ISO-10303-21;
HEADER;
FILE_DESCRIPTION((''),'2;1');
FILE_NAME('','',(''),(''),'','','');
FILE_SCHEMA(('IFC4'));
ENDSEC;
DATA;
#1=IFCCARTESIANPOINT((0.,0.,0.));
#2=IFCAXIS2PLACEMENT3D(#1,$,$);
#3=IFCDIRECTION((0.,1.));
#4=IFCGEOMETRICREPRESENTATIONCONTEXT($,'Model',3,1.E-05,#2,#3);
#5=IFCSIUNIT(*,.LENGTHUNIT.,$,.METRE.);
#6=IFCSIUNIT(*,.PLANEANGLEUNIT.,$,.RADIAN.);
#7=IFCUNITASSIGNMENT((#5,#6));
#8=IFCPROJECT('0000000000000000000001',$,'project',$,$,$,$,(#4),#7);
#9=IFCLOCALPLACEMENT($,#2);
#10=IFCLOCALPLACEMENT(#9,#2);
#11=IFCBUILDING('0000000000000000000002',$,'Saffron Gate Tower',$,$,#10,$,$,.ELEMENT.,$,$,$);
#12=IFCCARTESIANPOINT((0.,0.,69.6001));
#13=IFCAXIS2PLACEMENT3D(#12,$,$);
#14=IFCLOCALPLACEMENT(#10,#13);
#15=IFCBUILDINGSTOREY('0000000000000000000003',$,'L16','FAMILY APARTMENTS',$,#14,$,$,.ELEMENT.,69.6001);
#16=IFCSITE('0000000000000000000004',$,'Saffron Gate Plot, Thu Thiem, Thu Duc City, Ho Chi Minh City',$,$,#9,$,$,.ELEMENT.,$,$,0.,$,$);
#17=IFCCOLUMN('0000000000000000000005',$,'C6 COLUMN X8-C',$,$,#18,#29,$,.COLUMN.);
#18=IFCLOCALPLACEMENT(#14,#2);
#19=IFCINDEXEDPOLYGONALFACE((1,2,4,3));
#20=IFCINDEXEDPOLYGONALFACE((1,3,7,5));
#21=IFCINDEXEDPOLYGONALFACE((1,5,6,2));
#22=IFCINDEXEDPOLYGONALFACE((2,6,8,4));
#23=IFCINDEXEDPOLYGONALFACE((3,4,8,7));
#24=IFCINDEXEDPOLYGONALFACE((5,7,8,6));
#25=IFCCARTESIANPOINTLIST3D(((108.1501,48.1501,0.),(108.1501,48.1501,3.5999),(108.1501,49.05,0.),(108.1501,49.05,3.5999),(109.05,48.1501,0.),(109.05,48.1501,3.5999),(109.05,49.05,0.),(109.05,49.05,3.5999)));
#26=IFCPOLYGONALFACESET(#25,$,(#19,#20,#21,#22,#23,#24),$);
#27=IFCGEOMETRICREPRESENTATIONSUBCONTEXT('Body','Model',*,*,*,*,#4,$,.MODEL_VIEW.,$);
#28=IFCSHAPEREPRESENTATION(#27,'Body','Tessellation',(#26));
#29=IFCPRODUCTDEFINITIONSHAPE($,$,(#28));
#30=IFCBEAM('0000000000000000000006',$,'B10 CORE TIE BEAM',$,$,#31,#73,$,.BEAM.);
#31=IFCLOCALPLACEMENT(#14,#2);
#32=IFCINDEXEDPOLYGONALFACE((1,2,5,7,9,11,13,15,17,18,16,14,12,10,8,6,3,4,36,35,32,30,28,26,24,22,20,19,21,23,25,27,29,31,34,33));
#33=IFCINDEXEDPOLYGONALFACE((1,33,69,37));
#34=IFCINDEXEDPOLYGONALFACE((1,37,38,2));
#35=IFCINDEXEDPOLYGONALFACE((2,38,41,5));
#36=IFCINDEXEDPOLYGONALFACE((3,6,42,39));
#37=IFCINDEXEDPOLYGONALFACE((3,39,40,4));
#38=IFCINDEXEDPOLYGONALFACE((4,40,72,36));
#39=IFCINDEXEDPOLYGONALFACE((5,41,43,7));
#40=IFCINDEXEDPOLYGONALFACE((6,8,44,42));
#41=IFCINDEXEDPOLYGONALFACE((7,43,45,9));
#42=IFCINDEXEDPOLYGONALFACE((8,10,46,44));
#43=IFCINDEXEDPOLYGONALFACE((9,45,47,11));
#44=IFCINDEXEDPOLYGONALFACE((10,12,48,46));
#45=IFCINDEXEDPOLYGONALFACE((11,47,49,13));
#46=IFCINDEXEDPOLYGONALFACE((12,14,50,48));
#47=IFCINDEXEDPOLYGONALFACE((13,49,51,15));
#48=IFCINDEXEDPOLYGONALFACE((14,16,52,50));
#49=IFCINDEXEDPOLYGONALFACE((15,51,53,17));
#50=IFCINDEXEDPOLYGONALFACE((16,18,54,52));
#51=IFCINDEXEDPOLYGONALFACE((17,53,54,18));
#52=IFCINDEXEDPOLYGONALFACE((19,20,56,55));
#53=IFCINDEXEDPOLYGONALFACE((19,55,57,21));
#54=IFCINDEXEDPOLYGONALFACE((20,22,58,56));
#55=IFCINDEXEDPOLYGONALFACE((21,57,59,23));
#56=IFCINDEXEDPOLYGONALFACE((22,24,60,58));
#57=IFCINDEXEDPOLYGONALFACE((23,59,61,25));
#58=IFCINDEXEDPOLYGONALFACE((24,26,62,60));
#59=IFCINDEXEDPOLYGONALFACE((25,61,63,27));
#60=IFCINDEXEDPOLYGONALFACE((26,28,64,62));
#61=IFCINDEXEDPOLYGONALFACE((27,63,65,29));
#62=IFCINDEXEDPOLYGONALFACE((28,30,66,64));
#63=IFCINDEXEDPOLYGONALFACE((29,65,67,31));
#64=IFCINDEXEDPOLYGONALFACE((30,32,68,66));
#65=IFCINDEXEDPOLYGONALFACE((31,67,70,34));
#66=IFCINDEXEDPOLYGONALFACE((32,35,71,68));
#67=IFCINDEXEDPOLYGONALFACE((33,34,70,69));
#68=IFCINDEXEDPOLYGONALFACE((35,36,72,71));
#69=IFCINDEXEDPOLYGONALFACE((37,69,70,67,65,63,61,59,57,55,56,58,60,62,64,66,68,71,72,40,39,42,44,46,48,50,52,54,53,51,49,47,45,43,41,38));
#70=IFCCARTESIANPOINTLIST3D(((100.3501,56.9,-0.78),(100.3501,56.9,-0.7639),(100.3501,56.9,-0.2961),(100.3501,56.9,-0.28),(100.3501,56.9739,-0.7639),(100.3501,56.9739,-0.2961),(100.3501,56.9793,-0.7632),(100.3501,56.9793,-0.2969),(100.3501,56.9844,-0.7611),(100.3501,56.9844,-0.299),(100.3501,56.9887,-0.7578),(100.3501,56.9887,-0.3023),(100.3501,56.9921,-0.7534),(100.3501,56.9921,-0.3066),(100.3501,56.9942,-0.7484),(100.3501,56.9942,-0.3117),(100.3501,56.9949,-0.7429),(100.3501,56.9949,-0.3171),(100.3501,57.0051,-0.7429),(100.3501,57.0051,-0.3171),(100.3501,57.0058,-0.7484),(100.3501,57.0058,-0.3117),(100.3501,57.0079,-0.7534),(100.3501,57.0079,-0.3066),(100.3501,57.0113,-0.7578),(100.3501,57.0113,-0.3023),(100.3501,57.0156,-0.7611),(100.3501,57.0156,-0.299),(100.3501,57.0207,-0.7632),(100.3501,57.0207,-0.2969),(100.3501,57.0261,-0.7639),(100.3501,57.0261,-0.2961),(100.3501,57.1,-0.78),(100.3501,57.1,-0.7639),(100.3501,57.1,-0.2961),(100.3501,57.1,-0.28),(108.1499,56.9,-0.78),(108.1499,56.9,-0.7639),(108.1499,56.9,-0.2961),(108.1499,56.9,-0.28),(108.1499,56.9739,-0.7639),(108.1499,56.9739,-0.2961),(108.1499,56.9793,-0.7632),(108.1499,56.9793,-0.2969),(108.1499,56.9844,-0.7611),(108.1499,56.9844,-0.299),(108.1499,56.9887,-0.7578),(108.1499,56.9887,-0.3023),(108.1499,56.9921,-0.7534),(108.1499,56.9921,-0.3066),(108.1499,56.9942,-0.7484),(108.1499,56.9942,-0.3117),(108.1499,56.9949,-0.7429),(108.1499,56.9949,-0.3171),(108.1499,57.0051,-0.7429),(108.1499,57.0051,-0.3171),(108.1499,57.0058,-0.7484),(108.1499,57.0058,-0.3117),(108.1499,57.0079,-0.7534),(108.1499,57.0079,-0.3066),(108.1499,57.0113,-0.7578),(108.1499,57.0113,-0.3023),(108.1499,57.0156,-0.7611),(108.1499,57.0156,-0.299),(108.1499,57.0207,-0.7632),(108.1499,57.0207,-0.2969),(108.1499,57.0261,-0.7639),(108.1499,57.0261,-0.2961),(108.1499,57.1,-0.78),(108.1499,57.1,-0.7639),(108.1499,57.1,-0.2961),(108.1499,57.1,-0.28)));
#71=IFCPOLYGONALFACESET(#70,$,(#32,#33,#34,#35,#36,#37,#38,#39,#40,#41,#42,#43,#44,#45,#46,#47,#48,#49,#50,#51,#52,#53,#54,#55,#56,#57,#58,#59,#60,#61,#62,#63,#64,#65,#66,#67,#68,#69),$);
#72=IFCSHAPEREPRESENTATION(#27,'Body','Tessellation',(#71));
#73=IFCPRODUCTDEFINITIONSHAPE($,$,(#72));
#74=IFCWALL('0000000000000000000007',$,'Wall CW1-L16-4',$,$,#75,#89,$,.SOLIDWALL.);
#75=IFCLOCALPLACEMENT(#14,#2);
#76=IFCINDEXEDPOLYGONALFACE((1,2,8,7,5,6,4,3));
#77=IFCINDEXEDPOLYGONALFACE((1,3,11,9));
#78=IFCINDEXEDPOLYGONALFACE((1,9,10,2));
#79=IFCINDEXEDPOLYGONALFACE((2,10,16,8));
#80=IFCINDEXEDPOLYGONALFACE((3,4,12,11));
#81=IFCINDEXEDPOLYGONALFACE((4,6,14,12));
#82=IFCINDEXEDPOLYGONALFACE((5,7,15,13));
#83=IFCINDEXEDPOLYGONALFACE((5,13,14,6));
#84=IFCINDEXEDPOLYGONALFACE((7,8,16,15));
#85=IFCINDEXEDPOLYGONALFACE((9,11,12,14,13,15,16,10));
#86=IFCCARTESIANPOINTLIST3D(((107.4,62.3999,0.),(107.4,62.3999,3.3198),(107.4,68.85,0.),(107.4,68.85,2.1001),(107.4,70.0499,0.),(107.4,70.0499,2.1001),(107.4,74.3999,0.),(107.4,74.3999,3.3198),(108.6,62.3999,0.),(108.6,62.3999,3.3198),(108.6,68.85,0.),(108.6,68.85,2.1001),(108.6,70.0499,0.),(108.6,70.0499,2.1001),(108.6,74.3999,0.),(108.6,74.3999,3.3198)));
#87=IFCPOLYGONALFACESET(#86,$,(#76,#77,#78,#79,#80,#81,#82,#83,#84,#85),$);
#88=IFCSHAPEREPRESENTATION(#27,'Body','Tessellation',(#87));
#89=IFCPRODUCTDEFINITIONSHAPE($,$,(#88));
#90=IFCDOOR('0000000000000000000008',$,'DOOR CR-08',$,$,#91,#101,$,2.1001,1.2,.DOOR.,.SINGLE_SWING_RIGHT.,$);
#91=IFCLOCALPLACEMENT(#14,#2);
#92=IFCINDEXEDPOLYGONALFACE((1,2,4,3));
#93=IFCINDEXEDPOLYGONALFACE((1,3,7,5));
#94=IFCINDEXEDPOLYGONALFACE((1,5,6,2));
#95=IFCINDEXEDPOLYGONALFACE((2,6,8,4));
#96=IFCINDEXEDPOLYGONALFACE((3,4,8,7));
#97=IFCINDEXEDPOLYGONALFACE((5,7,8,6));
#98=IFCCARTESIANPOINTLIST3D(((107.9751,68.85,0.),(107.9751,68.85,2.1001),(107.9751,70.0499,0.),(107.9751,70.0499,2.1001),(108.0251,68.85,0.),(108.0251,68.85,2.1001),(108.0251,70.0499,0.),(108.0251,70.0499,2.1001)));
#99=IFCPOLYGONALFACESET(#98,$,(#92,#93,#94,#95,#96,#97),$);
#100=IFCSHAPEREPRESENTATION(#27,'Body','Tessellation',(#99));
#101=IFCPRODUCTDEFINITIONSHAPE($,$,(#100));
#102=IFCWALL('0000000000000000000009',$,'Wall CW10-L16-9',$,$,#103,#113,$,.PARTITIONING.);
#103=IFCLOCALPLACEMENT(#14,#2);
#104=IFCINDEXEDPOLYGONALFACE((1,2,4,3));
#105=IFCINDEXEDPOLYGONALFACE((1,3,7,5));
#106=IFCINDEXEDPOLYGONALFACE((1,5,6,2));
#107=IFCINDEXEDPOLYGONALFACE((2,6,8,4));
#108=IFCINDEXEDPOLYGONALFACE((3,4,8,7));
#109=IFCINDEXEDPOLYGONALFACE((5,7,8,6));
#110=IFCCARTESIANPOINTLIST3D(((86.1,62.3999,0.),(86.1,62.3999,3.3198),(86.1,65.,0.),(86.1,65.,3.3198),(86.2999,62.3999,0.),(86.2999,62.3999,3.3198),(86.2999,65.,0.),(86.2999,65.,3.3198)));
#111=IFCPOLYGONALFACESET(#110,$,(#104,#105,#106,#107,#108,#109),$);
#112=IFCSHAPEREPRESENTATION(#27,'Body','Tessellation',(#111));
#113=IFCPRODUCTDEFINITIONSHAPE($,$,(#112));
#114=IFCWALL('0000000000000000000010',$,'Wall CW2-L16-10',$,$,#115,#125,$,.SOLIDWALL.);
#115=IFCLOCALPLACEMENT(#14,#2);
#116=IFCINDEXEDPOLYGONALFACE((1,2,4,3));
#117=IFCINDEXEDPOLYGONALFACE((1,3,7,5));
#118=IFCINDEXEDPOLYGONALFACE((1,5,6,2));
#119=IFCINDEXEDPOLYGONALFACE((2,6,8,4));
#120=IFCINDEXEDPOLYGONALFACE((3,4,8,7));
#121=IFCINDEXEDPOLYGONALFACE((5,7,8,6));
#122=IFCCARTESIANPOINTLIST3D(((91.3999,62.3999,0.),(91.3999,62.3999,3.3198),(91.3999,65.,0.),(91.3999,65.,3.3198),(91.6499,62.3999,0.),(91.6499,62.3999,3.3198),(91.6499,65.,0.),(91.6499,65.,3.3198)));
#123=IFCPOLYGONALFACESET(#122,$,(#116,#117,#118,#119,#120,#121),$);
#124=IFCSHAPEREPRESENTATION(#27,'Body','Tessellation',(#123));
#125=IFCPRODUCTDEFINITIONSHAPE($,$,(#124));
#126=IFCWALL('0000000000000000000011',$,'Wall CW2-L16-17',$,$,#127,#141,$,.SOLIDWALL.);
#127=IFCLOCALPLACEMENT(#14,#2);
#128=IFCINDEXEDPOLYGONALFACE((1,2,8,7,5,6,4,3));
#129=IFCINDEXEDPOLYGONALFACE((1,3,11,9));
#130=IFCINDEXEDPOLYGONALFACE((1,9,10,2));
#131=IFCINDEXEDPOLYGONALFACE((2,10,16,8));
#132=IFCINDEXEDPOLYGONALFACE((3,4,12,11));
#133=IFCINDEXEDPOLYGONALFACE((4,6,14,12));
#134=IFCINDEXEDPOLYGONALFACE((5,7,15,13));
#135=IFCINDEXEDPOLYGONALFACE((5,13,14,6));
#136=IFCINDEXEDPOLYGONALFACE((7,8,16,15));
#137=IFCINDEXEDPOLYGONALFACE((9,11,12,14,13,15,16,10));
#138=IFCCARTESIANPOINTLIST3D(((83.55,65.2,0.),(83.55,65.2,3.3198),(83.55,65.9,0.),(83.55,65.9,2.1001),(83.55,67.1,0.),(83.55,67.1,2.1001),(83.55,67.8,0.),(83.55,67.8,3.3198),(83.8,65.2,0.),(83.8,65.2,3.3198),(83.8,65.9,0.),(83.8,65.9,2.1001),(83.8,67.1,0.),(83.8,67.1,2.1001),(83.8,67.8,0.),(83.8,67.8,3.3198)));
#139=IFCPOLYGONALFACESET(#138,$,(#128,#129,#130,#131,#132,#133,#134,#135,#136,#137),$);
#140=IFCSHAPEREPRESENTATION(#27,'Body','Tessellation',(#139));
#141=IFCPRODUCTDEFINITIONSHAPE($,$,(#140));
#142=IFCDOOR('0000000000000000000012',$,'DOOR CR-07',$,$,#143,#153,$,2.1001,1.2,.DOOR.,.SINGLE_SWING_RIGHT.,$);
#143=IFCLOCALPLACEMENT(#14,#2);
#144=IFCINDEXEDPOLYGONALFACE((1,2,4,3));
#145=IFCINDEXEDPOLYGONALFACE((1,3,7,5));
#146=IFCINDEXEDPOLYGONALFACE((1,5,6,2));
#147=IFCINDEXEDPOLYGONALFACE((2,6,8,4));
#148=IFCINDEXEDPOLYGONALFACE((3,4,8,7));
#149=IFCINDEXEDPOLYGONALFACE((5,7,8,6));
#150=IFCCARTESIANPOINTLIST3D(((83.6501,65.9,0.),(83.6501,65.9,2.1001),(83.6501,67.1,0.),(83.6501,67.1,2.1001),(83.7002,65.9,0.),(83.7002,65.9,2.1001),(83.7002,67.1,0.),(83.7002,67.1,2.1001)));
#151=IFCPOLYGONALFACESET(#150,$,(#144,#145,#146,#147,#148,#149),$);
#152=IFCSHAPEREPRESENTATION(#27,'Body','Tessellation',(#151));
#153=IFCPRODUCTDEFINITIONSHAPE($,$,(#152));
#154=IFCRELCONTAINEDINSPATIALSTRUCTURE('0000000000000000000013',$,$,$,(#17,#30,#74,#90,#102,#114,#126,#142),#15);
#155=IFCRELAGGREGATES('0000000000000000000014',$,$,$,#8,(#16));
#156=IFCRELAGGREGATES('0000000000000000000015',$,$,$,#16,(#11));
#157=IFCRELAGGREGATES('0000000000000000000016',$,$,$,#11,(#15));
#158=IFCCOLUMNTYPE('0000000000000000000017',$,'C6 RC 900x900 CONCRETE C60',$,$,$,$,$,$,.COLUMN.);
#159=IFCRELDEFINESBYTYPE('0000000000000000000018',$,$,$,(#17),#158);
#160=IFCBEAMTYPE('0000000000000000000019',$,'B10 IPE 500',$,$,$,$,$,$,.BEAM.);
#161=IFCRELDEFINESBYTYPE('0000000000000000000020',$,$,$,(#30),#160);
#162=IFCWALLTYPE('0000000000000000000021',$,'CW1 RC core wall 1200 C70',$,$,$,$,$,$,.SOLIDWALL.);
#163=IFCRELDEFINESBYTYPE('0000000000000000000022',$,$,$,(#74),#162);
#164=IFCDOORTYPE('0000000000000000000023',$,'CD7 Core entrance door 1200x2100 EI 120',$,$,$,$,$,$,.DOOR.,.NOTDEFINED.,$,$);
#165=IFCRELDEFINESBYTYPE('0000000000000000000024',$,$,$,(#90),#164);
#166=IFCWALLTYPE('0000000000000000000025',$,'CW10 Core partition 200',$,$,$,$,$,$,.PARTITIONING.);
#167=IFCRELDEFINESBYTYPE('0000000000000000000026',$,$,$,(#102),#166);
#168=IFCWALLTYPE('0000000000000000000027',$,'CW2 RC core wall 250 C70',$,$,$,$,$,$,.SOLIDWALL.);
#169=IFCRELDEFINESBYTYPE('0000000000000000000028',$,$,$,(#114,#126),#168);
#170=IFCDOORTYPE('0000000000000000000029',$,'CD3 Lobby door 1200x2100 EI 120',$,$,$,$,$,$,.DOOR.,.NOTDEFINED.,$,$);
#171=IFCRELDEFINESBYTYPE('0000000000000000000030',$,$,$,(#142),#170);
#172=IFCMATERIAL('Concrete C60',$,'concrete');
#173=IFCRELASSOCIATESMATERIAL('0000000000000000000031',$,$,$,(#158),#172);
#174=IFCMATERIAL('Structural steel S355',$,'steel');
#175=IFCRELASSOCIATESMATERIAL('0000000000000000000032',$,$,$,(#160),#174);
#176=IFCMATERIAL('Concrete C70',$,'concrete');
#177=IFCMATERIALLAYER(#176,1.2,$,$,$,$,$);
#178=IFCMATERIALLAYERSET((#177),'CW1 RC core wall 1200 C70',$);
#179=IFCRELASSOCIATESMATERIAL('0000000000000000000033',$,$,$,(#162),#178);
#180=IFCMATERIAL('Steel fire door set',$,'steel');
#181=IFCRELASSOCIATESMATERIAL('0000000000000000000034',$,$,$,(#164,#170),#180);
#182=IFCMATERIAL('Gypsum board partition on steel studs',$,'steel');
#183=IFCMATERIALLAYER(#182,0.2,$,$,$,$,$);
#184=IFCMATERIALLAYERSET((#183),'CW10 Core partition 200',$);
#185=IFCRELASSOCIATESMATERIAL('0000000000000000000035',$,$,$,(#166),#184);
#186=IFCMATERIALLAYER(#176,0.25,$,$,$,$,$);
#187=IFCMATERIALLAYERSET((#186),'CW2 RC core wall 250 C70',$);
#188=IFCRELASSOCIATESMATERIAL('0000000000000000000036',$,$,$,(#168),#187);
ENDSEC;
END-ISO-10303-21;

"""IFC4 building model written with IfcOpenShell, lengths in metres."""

from ifc_helpers import new_model, si_unit, direction, frame, frame_2d, origin, origin_2d, place, context, subcontext, project, spatial, rectangle, i_section, extrude, material, layer, layer_set, material_profile, profile_set, type_object, element, fill, save


model = new_model("IFC4")

# Units and contexts
model_context = context("Model", 3, precision=1e-05, world=origin(), true_north=direction((0.0, 1.0)))
body_context = subcontext(model_context, "Body", "Model", "MODEL_VIEW")
ifc_project = project(units=[si_unit("LENGTHUNIT", "METRE"), si_unit("PLANEANGLEUNIT", "RADIAN")], contexts=[model_context])

# Site, building, storey
site_placement = place(None, origin())
site = spatial("IfcSite", under=ifc_project, at=site_placement, Name="Saffron Gate Plot, Thu Thiem, Thu Duc City, Ho Chi Minh City", CompositionType="ELEMENT", RefElevation=0.0)
building_placement = place(site_placement, origin())
building = spatial("IfcBuilding", under=site, at=building_placement, Name="Saffron Gate Tower", CompositionType="ELEMENT")
storey_placement = place(building_placement, frame((0.0, 0.0, 69.6001)))
storey = spatial("IfcBuildingStorey", under=building, at=storey_placement, Name="L16", Description="FAMILY APARTMENTS", CompositionType="ELEMENT", Elevation=69.6001)

# Column
ifc_material_1 = material(Name="Concrete C60", Category="concrete")
ifc_material_profile_1 = material_profile(ifc_material_1, rectangle(XDim=0.8999, YDim=0.8999, at=origin_2d()))
ifc_profile_set_1 = profile_set([ifc_material_profile_1], Name="Concrete C60")
column_type = type_object("IfcColumnType", Name="C6 RC 900x900 CONCRETE C60", PredefinedType="COLUMN", material=ifc_profile_set_1)
column_placement = place(storey_placement, frame((108.6001, 48.6001, 0.0), z_axis=(0.0, 0.0, 1.0), x_axis=(1.0, 0.0, 0.0)))
element("IfcColumn", 1, at=column_placement, inside=storey, type_object=column_type, Name="C6 COLUMN X8-C", PredefinedType="COLUMN", context=body_context, shape_type="SweptSolid", body=[
    extrude(rectangle(XDim=0.8999, YDim=0.8999, at=origin_2d()), origin(), (0.0, 0.0, 1.0), 3.5999),
])

# Beam
ifc_material_2 = material(Name="Structural steel S355", Category="steel")
ifc_material_profile_2 = material_profile(ifc_material_2, i_section(OverallWidth=0.2, OverallDepth=0.5, WebThickness=0.0103, FlangeThickness=0.0161, FilletRadius=0.021, at=origin_2d()))
ifc_profile_set_2 = profile_set([ifc_material_profile_2], Name="Structural steel S355")
beam_type = type_object("IfcBeamType", Name="B10 IPE 500", PredefinedType="BEAM", material=ifc_profile_set_2)
beam_placement = place(storey_placement, frame((108.1499, 57.0, -0.53), z_axis=(-1.0, 0.0, 0.0), x_axis=(0.0, -1.0, 0.0)))
element("IfcBeam", 2, at=beam_placement, inside=storey, type_object=beam_type, Name="B10 CORE TIE BEAM", PredefinedType="BEAM", context=body_context, shape_type="SweptSolid", body=[
    extrude(i_section(OverallWidth=0.2, OverallDepth=0.5, WebThickness=0.0103, FlangeThickness=0.0161, FilletRadius=0.021, at=origin_2d()), origin(), (0.0, 0.0, 1.0), 7.7998),
])

# Wall, opening, door
ifc_material_3 = material(Name="Concrete C70", Category="concrete")
ifc_layer_1 = layer(ifc_material_3, 1.2)
ifc_layer_set_1 = layer_set([ifc_layer_1], Name="CW1 RC core wall 1200 C70")
wall_type_1 = type_object("IfcWallType", Name="CW1 RC core wall 1200 C70", PredefinedType="SOLIDWALL", material=ifc_layer_set_1)
wall_1_placement = place(storey_placement, frame((108.0, 62.3999, 0.0), z_axis=(0.0, 0.0, 1.0), x_axis=(0.0, 1.0, 0.0)))
wall_1 = element("IfcWall", 3, at=wall_1_placement, inside=storey, type_object=wall_type_1, Name="Wall CW1-L16-4", PredefinedType="SOLIDWALL", context=body_context, shape_type="SweptSolid", body=[
    extrude(rectangle(XDim=12.0, YDim=1.2, at=frame_2d((6.0, 0.0))), origin(), (0.0, 0.0, 1.0), 3.3198),
])
opening_1_placement = place(wall_1_placement, frame((6.45, 0.0, 0.0)))
opening_1 = element("IfcOpeningElement", 4, at=opening_1_placement, cuts=wall_1, PredefinedType="OPENING", context=body_context, shape_type="SweptSolid", body=[
    extrude(rectangle(XDim=1.2, YDim=2.1001, at=frame_2d((0.6001, 1.05))), frame((0.0, 0.6099, 0.0), z_axis=(0.0, -1.0, 0.0), x_axis=(1.0, 0.0, 0.0)), (0.0, 0.0, 1.0), 1.22),
])
ifc_material_4 = material(Name="Steel fire door set", Category="steel")
door_type_1 = type_object("IfcDoorType", Name="CD7 Core entrance door 1200x2100 EI 120", OperationType="NOTDEFINED", PredefinedType="DOOR", material=ifc_material_4)
door_1_placement = place(opening_1_placement, origin())
door_1 = element("IfcDoor", 5, at=door_1_placement, inside=storey, type_object=door_type_1, Name="DOOR CR-08", OperationType="SINGLE_SWING_RIGHT", OverallHeight=2.1001, OverallWidth=1.2, PredefinedType="DOOR", context=body_context, shape_type="SweptSolid", body=[
    extrude(rectangle(XDim=1.2, YDim=2.1001, at=frame_2d((0.6001, 1.05))), frame((0.0, 0.0249, 0.0), z_axis=(0.0, -1.0, 0.0), x_axis=(1.0, 0.0, 0.0)), (0.0, 0.0, 1.0), 0.05),
])
fill(opening_1, door_1)

# Walls
ifc_material_5 = material(Name="Gypsum board partition on steel studs", Category="steel")
ifc_layer_2 = layer(ifc_material_5, 0.2)
ifc_layer_set_2 = layer_set([ifc_layer_2], Name="CW10 Core partition 200")
wall_type_2 = type_object("IfcWallType", Name="CW10 Core partition 200", PredefinedType="PARTITIONING", material=ifc_layer_set_2)
wall_2_placement = place(storey_placement, frame((86.2, 62.3999, 0.0), z_axis=(0.0, 0.0, 1.0), x_axis=(0.0, 1.0, 0.0)))
element("IfcWall", 6, at=wall_2_placement, inside=storey, type_object=wall_type_2, Name="Wall CW10-L16-9", PredefinedType="PARTITIONING", context=body_context, shape_type="SweptSolid", body=[
    extrude(rectangle(XDim=2.6001, YDim=0.2, at=frame_2d((1.3, 0.0))), origin(), (0.0, 0.0, 1.0), 3.3198),
])
ifc_layer_3 = layer(ifc_material_3, 0.25)
ifc_layer_set_3 = layer_set([ifc_layer_3], Name="CW2 RC core wall 250 C70")
wall_type_3 = type_object("IfcWallType", Name="CW2 RC core wall 250 C70", PredefinedType="SOLIDWALL", material=ifc_layer_set_3)
wall_3_placement = place(storey_placement, frame((91.5249, 62.3999, 0.0), z_axis=(0.0, 0.0, 1.0), x_axis=(0.0, 1.0, 0.0)))
element("IfcWall", 7, at=wall_3_placement, inside=storey, type_object=wall_type_3, Name="Wall CW2-L16-10", PredefinedType="SOLIDWALL", context=body_context, shape_type="SweptSolid", body=[
    extrude(rectangle(XDim=2.6001, YDim=0.25, at=frame_2d((1.3, 0.0))), origin(), (0.0, 0.0, 1.0), 3.3198),
])

# Wall, opening, door
wall_4_placement = place(storey_placement, frame((83.675, 65.2, 0.0), z_axis=(0.0, 0.0, 1.0), x_axis=(0.0, 1.0, 0.0)))
wall_4 = element("IfcWall", 8, at=wall_4_placement, inside=storey, type_object=wall_type_3, Name="Wall CW2-L16-17", PredefinedType="SOLIDWALL", context=body_context, shape_type="SweptSolid", body=[
    extrude(rectangle(XDim=2.6001, YDim=0.25, at=frame_2d((1.3, 0.0))), origin(), (0.0, 0.0, 1.0), 3.3198),
])
opening_2_placement = place(wall_4_placement, frame((0.7, 0.0, 0.0)))
opening_2 = element("IfcOpeningElement", 9, at=opening_2_placement, cuts=wall_4, PredefinedType="OPENING", context=body_context, shape_type="SweptSolid", body=[
    extrude(rectangle(XDim=1.2, YDim=2.1001, at=frame_2d((0.6001, 1.05))), frame((0.0, 0.135, 0.0), z_axis=(0.0, -1.0, 0.0), x_axis=(1.0, 0.0, 0.0)), (0.0, 0.0, 1.0), 0.27),
])
door_type_2 = type_object("IfcDoorType", Name="CD3 Lobby door 1200x2100 EI 120", OperationType="NOTDEFINED", PredefinedType="DOOR", material=ifc_material_4)
door_2_placement = place(opening_2_placement, origin())
door_2 = element("IfcDoor", 10, at=door_2_placement, inside=storey, type_object=door_type_2, Name="DOOR CR-07", OperationType="SINGLE_SWING_RIGHT", OverallHeight=2.1001, OverallWidth=1.2, PredefinedType="DOOR", context=body_context, shape_type="SweptSolid", body=[
    extrude(rectangle(XDim=1.2, YDim=2.1001, at=frame_2d((0.6001, 1.05))), frame((0.0, 0.0249, 0.0), z_axis=(0.0, -1.0, 0.0), x_axis=(1.0, 0.0, 0.0)), (0.0, 0.0, 1.0), 0.05),
])
fill(opening_2, door_2)

save(model, "model.ifc")
